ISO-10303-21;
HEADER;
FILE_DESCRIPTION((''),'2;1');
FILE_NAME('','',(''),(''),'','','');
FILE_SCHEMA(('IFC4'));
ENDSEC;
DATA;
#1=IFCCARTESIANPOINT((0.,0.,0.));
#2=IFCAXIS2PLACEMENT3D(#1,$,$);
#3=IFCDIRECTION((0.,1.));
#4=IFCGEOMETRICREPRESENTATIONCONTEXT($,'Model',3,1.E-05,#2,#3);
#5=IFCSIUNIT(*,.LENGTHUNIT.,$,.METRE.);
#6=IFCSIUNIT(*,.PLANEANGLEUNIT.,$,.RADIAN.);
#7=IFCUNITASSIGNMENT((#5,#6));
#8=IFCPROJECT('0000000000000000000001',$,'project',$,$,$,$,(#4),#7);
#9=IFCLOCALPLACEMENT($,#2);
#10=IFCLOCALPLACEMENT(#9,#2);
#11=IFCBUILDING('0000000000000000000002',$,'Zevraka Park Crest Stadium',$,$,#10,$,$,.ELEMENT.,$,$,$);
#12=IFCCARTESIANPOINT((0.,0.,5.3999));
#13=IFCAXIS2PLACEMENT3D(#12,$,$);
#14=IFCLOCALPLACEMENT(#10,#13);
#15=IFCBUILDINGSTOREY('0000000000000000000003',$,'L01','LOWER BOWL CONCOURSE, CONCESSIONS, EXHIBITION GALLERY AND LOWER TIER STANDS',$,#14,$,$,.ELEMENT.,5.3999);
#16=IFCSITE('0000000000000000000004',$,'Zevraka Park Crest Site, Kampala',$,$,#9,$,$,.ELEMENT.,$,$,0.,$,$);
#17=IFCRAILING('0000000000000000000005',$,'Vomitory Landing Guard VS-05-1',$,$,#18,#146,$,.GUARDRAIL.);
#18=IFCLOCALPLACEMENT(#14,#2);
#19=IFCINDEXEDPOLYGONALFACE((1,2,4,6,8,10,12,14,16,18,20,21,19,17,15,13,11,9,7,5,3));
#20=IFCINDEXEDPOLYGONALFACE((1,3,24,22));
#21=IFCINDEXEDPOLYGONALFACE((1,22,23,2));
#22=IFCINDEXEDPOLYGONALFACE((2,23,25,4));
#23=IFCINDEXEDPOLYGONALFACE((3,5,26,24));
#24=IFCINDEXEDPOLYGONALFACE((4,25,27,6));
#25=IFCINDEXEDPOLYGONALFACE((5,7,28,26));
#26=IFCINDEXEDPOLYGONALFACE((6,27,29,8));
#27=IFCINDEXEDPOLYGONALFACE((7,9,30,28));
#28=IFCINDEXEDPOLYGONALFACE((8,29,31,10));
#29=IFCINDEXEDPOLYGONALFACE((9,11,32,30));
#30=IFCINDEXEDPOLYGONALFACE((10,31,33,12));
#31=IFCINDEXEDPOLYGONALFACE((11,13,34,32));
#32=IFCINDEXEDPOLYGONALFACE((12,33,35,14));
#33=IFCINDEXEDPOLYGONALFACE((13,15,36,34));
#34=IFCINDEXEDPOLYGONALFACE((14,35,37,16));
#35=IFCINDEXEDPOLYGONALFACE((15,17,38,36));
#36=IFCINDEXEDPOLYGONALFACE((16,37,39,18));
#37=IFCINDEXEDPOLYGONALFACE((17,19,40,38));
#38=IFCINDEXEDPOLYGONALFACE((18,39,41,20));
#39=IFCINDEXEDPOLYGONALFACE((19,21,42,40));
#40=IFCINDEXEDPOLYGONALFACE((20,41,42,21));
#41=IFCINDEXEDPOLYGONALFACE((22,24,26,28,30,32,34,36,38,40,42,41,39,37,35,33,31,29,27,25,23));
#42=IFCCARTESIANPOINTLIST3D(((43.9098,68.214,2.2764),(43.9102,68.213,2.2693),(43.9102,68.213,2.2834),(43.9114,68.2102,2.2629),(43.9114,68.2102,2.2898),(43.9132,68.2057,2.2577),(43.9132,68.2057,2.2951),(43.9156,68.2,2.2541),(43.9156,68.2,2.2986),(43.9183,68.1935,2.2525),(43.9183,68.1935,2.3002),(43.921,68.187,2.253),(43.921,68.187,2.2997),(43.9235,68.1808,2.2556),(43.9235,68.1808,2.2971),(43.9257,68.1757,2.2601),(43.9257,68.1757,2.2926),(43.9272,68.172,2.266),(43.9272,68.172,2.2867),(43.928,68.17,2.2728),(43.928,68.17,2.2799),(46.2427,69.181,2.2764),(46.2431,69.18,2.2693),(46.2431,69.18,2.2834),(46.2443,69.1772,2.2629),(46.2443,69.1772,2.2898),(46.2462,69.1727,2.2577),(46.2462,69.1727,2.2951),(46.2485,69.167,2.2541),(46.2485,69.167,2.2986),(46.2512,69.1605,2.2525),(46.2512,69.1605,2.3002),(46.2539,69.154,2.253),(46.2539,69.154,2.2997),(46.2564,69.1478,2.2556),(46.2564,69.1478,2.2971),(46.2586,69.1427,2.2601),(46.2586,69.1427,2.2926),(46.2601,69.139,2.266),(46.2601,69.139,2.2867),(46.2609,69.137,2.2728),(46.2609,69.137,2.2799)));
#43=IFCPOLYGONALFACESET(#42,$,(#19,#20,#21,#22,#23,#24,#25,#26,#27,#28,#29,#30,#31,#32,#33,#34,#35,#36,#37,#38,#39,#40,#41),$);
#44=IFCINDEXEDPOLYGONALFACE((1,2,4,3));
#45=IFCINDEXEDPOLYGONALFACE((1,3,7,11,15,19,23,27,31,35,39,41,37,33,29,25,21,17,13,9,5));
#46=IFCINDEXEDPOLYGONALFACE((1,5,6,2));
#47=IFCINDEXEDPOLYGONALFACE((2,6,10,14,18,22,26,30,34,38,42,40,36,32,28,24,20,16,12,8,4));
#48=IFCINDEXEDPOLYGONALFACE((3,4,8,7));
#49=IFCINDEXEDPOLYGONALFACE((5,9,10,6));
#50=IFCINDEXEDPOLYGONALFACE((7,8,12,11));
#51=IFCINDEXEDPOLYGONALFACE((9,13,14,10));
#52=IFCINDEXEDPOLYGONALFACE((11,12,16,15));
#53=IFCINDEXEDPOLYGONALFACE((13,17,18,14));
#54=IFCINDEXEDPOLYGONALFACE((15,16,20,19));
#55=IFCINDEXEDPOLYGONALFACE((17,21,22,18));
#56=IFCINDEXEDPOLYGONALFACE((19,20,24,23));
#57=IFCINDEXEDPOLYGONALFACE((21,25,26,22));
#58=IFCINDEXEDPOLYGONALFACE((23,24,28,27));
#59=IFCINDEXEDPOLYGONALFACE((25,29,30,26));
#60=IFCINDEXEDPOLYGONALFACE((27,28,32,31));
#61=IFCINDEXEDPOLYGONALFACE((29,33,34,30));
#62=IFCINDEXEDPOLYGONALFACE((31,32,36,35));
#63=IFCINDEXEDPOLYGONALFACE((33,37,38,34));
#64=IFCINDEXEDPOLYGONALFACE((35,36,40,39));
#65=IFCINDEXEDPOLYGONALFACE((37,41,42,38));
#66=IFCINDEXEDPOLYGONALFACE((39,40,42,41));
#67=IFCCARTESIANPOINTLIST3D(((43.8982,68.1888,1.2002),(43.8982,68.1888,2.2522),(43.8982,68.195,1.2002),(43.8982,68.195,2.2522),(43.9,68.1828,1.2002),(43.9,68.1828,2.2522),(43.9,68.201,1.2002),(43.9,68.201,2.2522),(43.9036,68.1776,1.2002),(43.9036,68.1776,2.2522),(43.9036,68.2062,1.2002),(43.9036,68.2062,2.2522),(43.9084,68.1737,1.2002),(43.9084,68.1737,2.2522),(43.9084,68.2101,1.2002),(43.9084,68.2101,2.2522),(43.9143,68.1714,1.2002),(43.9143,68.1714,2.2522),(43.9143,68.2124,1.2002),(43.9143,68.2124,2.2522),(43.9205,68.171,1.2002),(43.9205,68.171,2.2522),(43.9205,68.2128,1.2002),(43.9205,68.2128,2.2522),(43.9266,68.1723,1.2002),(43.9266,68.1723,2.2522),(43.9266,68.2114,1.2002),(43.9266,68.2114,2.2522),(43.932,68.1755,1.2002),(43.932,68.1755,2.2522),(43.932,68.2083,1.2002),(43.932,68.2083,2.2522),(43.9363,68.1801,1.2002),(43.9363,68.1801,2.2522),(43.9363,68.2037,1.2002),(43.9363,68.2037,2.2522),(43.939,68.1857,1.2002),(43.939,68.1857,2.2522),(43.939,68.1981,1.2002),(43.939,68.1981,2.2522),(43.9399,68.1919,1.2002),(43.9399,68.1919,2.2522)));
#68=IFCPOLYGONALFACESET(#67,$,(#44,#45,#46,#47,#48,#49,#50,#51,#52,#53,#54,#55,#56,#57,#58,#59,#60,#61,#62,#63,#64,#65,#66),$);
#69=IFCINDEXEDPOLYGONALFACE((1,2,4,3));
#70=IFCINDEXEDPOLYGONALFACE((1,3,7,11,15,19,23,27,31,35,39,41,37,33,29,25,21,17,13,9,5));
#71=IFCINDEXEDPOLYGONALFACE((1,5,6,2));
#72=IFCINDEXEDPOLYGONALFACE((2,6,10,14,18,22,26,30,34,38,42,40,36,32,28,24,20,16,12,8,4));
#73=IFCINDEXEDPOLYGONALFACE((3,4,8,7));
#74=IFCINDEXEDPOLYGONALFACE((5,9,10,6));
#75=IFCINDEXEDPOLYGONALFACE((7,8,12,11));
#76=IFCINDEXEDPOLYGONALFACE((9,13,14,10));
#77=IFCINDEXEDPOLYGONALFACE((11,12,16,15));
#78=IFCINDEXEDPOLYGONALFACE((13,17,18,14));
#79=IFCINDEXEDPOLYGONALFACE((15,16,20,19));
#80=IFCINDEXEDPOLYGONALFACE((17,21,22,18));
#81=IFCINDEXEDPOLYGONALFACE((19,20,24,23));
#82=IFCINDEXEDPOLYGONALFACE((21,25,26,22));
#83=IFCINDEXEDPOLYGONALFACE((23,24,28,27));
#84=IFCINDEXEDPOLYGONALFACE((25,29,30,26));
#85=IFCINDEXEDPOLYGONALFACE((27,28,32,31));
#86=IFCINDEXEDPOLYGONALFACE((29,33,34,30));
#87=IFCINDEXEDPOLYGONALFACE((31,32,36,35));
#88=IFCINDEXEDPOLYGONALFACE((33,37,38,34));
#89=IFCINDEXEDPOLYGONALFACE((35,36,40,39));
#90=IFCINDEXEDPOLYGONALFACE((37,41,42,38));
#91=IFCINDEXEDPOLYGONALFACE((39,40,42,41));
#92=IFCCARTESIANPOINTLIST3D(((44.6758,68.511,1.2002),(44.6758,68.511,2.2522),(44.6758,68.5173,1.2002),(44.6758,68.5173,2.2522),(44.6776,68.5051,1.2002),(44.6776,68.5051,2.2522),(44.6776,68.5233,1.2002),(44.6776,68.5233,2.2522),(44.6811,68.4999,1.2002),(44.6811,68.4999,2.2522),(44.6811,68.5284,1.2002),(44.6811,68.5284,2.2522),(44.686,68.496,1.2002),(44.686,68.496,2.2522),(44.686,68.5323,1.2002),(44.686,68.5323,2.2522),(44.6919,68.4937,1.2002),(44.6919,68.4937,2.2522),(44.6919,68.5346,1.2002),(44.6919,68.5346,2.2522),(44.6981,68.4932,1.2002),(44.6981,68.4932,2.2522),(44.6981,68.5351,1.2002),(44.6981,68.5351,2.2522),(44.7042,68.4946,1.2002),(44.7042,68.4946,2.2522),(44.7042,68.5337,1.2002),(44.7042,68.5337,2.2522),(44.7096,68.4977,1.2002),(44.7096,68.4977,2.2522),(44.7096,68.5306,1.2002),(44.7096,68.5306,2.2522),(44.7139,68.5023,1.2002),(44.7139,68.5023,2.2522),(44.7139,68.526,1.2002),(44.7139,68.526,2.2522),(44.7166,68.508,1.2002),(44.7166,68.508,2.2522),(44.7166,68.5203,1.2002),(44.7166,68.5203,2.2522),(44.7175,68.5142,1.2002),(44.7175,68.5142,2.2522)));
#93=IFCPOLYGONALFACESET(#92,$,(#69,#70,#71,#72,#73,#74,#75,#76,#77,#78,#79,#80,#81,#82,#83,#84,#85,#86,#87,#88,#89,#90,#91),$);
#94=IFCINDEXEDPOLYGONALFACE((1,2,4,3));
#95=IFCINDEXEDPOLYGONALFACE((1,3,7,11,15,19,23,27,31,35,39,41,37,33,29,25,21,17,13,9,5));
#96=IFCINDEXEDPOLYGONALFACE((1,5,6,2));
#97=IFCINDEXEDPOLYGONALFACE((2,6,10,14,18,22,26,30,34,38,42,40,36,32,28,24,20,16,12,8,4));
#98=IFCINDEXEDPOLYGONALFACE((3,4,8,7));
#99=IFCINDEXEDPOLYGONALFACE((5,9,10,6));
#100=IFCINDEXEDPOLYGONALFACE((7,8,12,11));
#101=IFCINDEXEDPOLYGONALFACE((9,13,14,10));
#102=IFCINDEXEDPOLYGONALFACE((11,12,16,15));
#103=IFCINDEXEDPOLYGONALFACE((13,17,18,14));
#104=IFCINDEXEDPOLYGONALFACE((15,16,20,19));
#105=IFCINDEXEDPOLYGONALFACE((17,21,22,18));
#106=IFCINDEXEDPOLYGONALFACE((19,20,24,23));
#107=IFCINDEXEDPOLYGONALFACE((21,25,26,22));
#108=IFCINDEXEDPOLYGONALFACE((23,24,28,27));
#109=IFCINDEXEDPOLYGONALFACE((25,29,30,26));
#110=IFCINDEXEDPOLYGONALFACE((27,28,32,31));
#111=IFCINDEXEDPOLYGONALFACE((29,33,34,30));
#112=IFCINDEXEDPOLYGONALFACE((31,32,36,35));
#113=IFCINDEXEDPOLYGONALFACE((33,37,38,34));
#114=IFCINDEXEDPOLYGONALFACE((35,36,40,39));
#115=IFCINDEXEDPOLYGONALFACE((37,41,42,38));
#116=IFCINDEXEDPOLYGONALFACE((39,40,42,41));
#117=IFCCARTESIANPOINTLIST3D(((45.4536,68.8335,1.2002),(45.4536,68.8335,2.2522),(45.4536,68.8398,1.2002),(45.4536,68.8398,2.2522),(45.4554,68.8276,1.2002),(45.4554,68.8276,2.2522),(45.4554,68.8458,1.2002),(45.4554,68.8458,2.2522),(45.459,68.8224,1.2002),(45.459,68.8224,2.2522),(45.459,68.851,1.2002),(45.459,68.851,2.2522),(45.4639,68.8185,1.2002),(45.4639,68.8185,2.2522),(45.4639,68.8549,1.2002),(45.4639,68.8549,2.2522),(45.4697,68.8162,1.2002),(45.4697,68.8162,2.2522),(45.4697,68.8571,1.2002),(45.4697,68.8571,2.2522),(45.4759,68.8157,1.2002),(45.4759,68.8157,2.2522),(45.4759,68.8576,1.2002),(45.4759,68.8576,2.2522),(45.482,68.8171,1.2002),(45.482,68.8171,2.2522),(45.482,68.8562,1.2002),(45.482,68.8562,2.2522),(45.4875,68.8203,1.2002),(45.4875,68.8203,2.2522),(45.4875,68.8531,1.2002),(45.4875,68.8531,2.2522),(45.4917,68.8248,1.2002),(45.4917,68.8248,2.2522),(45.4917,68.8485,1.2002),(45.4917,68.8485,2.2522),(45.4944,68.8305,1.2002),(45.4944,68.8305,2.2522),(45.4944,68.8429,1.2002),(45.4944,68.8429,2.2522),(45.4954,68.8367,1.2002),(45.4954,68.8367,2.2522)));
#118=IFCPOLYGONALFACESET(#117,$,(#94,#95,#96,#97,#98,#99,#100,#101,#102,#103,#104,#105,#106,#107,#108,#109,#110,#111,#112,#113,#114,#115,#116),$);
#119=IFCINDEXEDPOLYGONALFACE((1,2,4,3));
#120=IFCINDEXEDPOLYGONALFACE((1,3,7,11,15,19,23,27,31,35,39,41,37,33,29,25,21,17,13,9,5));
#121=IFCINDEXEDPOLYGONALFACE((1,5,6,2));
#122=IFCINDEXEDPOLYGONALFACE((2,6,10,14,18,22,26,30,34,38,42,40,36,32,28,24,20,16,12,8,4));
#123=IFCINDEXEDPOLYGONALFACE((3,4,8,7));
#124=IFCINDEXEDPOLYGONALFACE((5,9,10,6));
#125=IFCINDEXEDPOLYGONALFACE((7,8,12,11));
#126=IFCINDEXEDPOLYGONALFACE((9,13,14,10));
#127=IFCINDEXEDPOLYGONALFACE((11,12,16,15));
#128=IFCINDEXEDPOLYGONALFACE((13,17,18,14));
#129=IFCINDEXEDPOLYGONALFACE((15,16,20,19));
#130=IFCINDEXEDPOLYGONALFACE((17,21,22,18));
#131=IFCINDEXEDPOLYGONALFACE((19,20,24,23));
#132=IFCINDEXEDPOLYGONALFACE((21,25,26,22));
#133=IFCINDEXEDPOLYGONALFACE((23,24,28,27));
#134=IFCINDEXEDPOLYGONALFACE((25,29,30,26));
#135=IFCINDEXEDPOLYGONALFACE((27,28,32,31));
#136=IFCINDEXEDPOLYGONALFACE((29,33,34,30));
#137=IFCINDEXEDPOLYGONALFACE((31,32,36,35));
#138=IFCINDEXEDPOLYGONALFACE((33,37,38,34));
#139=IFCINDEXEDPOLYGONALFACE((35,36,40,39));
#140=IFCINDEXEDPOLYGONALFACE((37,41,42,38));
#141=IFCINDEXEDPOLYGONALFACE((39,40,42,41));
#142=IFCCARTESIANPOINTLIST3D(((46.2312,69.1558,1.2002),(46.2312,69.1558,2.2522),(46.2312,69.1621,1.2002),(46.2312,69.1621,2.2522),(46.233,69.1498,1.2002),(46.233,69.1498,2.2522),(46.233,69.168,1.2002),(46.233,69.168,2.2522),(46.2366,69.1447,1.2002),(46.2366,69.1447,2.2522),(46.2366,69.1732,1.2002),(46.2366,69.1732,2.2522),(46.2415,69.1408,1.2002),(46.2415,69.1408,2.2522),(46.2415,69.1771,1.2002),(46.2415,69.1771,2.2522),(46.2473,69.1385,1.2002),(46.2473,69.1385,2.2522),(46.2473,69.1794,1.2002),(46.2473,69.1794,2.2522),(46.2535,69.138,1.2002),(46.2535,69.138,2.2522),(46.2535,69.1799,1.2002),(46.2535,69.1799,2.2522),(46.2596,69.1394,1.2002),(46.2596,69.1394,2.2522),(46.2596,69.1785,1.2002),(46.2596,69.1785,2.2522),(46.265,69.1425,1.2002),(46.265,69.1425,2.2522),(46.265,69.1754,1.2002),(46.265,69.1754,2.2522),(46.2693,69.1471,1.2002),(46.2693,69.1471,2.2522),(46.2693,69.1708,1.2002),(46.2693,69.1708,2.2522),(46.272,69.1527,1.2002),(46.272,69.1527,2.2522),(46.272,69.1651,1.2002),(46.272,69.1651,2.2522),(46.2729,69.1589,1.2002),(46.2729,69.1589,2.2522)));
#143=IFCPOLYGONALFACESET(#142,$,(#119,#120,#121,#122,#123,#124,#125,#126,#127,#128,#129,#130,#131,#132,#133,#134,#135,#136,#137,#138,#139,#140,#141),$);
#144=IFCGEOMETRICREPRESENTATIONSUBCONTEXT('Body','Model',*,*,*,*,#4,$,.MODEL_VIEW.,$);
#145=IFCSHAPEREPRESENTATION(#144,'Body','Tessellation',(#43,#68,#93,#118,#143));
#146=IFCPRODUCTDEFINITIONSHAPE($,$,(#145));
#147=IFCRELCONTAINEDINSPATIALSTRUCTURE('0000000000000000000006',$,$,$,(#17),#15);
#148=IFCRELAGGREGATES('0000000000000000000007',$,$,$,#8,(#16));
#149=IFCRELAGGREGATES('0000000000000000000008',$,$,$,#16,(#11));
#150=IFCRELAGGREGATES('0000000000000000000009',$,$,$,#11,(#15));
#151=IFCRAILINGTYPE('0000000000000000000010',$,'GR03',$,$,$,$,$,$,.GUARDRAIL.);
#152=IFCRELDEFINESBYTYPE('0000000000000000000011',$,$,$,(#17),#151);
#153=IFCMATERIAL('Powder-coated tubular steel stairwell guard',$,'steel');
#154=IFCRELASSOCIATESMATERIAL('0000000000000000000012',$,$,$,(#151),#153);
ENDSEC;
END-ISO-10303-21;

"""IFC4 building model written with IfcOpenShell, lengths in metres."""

from ifc_helpers import new_model, si_unit, direction, frame, origin, origin_2d, place, context, subcontext, project, spatial, circle, extrude, material, type_object, element, save


model = new_model("IFC4")

# Units and contexts
model_context = context("Model", 3, precision=1e-05, world=origin(), true_north=direction((0.0, 1.0)))
body_context = subcontext(model_context, "Body", "Model", "MODEL_VIEW")
ifc_project = project(units=[si_unit("LENGTHUNIT", "METRE"), si_unit("PLANEANGLEUNIT", "RADIAN")], contexts=[model_context])

# Site, building, storey
site_placement = place(None, origin())
site = spatial("IfcSite", under=ifc_project, at=site_placement, Name="Zevraka Park Crest Site, Kampala", CompositionType="ELEMENT", RefElevation=0.0)
building_placement = place(site_placement, origin())
building = spatial("IfcBuilding", under=site, at=building_placement, Name="Zevraka Park Crest Stadium", CompositionType="ELEMENT")
storey_placement = place(building_placement, frame((0.0, 0.0, 5.3999)))
storey = spatial("IfcBuildingStorey", under=building, at=storey_placement, Name="L01", Description="LOWER BOWL CONCOURSE, CONCESSIONS, EXHIBITION GALLERY AND LOWER TIER STANDS", CompositionType="ELEMENT", Elevation=5.3999)

# Railing
ifc_material_1 = material(Name="Powder-coated tubular steel stairwell guard", Category="steel")
railing_type_1 = type_object("IfcRailingType", Name="GR03", PredefinedType="GUARDRAIL", material=ifc_material_1)
railing_1_placement = place(storey_placement, frame((43.9189, 68.1919, 1.2002)))
element("IfcRailing", 1, at=railing_1_placement, inside=storey, type_object=railing_type_1, Name="Vomitory Landing Guard VS-05-1", PredefinedType="GUARDRAIL", context=body_context, shape_type="SweptSolid", body=[
    extrude(circle(Radius=0.0239, at=origin_2d()), frame((0.0, 0.0, 1.0762), z_axis=(0.923785, 0.382912, 0.0), x_axis=(-0.382912, 0.923785, 0.0)), (0.0, 0.0, 1.0), 2.5254),
    extrude(circle(Radius=0.021, at=origin_2d()), origin(), (0.0, 0.0, 1.0), 1.052),
    extrude(circle(Radius=0.021, at=origin_2d()), frame((0.7776, 0.3223, 0.0)), (0.0, 0.0, 1.0), 1.052),
    extrude(circle(Radius=0.021, at=origin_2d()), frame((1.5554, 0.6448, 0.0)), (0.0, 0.0, 1.0), 1.052),
    extrude(circle(Radius=0.021, at=origin_2d()), frame((2.333, 0.967, 0.0)), (0.0, 0.0, 1.0), 1.052),
])

save(model, "model.ifc")
